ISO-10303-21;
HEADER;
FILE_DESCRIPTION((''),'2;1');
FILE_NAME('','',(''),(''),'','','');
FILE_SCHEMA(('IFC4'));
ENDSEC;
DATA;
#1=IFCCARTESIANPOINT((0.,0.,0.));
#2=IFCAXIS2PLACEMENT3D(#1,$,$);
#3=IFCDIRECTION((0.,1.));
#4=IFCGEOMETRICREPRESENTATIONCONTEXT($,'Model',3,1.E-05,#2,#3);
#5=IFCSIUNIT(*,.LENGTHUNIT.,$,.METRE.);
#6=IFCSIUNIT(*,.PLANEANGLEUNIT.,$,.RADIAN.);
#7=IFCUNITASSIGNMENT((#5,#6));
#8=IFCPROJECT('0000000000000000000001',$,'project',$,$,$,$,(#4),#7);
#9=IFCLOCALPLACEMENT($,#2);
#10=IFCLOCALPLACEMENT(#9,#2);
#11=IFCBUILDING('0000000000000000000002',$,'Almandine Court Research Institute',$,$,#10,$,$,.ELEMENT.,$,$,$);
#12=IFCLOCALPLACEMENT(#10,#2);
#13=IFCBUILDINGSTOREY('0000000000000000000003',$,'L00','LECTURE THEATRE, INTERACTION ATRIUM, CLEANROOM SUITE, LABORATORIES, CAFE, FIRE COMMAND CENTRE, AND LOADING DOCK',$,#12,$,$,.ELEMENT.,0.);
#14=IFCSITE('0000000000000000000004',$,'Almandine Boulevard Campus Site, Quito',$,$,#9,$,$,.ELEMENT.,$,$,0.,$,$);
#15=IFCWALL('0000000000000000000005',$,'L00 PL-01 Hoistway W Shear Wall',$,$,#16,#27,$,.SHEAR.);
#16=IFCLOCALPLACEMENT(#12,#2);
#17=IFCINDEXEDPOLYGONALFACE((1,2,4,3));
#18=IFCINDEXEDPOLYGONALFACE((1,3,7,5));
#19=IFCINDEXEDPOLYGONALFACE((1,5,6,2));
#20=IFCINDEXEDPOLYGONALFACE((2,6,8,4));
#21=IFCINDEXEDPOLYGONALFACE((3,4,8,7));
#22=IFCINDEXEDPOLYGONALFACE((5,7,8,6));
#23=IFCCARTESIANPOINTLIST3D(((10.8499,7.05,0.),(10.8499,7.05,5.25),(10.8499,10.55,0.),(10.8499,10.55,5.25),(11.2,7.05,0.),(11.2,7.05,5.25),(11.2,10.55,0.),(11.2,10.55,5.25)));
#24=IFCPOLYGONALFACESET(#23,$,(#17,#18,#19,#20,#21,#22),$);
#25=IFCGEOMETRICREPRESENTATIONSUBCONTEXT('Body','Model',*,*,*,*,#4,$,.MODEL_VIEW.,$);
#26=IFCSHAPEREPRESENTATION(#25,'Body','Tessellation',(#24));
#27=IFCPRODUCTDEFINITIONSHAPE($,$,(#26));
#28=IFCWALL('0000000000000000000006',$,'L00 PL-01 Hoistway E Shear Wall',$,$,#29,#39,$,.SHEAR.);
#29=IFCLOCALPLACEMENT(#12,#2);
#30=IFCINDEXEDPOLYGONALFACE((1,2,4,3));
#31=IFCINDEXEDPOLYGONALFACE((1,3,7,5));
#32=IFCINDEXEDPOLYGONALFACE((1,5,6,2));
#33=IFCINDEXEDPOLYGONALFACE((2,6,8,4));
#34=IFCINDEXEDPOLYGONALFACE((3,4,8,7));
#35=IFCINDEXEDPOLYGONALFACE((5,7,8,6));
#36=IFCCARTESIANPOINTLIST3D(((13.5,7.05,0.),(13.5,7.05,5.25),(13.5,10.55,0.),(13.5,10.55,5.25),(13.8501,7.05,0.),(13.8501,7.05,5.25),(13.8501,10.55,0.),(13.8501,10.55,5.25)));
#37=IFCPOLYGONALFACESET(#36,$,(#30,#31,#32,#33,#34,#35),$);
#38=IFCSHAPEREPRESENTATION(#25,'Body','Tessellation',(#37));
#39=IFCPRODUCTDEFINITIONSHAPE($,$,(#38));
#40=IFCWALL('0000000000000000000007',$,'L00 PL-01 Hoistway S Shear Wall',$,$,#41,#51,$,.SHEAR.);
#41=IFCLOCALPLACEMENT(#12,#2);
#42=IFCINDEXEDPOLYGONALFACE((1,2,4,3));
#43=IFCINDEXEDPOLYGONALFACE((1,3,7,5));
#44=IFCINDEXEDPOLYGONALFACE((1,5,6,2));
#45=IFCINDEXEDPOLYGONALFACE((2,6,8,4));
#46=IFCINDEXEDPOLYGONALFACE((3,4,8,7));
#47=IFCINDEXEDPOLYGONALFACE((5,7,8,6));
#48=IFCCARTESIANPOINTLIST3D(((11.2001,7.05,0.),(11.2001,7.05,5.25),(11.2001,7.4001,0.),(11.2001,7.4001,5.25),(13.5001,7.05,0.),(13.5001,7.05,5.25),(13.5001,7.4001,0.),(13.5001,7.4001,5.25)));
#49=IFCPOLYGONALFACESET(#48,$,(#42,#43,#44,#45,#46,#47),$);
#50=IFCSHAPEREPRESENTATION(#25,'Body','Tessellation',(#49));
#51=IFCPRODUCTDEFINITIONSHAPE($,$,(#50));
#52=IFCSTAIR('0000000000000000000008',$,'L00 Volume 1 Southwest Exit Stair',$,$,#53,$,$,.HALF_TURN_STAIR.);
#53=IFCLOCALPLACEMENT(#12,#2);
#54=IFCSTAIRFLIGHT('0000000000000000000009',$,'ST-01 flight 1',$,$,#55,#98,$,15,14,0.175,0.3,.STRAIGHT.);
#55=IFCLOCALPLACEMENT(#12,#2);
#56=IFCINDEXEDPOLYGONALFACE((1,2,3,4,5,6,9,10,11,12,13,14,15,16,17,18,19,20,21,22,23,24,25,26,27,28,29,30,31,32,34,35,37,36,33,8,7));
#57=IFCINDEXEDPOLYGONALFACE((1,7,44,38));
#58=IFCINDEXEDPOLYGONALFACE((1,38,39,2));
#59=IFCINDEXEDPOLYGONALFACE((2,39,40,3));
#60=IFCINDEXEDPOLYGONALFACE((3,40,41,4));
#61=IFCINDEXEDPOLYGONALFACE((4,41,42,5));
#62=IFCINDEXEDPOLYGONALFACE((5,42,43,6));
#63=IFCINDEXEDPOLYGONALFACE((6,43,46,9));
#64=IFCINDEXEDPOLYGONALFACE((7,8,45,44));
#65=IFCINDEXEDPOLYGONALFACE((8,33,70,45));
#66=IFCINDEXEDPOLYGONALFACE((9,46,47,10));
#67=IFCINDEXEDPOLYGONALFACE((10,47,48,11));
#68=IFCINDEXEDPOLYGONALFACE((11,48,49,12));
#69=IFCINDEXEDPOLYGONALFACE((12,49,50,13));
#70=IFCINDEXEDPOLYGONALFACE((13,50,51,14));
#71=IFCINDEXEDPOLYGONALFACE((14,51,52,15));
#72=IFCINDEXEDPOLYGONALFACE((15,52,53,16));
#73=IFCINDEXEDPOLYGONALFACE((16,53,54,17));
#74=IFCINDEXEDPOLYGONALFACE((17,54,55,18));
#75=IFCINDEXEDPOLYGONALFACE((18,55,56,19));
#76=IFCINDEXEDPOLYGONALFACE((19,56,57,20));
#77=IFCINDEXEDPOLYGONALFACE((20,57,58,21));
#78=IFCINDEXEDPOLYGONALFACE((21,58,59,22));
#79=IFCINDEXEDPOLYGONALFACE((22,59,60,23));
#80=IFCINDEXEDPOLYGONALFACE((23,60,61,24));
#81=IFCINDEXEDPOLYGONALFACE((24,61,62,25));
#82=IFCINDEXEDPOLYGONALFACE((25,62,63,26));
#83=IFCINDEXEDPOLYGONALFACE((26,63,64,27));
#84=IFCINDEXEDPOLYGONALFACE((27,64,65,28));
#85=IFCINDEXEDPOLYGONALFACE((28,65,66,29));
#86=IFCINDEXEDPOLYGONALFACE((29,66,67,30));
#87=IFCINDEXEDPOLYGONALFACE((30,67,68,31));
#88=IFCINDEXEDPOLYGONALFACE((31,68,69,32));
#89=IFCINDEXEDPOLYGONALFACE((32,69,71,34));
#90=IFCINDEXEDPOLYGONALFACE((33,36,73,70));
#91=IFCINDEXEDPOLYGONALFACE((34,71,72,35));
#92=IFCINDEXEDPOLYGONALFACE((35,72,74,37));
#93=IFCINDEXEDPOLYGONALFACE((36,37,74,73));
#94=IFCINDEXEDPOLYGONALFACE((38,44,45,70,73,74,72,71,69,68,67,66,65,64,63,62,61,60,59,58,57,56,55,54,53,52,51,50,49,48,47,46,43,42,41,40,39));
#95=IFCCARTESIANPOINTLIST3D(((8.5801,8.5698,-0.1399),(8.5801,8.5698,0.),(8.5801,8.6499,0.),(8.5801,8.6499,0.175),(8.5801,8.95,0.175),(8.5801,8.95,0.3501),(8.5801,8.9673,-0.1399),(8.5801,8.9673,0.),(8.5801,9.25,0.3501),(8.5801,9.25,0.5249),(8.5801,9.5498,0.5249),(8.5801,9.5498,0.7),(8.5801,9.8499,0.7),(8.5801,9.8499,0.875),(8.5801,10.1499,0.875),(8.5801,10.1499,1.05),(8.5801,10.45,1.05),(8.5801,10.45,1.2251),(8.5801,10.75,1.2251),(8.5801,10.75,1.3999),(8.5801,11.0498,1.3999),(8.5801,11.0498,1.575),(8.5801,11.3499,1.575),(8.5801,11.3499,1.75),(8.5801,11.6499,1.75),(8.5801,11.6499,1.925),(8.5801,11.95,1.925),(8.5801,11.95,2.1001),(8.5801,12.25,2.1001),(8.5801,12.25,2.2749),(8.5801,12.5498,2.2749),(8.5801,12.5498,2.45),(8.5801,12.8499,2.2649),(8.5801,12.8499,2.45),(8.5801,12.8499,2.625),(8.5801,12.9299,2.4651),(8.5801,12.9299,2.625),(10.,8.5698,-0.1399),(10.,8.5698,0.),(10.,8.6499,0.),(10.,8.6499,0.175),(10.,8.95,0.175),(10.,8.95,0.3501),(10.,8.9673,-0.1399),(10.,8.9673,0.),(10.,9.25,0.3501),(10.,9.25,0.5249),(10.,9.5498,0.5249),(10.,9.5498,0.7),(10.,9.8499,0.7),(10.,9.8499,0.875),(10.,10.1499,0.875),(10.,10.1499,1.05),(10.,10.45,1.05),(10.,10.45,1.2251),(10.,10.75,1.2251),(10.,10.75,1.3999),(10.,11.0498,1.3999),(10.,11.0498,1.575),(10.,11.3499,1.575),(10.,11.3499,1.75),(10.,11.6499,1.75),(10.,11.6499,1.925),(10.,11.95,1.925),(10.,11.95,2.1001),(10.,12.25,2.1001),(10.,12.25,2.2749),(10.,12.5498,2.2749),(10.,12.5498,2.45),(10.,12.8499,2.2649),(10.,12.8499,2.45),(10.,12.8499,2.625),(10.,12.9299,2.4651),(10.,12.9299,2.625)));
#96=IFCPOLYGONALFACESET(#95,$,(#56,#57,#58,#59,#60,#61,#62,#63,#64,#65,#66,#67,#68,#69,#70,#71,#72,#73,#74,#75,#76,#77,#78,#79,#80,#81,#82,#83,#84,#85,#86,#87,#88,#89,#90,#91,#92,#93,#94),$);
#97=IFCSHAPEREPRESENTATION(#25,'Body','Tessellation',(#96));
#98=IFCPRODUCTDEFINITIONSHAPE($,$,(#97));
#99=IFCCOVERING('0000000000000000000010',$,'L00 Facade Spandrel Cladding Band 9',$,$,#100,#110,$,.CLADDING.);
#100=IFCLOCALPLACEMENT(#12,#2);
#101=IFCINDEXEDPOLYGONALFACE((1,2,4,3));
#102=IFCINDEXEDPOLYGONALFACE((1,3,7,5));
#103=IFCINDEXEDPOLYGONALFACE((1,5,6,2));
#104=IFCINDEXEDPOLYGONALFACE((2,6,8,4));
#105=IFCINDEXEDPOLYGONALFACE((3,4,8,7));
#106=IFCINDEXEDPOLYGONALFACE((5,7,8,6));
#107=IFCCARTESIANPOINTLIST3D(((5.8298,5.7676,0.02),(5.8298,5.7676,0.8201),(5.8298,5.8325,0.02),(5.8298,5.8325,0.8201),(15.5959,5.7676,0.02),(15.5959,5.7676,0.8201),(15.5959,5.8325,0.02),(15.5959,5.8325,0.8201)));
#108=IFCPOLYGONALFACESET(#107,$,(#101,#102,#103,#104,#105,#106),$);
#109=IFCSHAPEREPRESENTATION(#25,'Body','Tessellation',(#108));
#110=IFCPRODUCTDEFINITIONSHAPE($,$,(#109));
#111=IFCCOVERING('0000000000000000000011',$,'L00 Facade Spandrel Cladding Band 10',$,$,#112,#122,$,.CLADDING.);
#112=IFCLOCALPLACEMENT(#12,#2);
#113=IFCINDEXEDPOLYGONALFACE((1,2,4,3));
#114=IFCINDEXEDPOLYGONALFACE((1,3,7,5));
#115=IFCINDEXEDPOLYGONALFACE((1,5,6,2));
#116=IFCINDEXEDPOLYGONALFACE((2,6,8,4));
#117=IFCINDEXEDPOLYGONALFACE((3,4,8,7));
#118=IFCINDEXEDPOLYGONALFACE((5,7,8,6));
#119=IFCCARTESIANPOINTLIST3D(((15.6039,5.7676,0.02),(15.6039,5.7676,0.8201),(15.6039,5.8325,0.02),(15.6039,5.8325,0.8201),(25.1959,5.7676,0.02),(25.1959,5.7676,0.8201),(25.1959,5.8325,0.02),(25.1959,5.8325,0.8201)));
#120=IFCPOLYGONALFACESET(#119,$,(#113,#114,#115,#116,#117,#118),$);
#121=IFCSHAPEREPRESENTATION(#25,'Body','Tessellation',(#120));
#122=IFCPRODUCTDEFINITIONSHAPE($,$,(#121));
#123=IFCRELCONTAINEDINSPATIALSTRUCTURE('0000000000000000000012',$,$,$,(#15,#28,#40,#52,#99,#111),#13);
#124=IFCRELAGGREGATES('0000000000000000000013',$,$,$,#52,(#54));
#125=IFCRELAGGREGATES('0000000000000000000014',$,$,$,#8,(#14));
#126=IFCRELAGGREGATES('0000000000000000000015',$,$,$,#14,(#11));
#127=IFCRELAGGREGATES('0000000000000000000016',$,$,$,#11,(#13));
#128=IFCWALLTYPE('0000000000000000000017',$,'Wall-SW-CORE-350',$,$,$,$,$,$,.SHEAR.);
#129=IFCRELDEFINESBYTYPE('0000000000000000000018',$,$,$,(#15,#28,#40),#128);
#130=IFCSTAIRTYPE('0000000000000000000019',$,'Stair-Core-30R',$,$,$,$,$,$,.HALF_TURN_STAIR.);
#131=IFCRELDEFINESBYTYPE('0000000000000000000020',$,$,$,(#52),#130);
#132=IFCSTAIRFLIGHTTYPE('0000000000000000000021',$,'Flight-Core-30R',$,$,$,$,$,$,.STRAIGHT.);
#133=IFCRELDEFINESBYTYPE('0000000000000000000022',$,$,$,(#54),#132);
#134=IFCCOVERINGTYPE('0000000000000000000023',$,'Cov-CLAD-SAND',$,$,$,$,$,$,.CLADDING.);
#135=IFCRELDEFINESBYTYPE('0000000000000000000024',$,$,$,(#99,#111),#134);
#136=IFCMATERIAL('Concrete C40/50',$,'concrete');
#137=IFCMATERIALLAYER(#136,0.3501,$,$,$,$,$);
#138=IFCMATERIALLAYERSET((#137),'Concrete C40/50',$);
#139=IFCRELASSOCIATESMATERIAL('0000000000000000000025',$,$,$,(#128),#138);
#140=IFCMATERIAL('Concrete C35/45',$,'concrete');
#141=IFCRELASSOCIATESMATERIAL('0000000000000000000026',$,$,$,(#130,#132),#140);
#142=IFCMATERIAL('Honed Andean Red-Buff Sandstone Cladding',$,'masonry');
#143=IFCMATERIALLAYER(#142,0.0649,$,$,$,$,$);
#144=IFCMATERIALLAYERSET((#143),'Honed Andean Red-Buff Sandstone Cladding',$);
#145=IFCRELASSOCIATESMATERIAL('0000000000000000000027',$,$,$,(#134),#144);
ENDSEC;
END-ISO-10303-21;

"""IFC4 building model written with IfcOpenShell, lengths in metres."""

from ifc_helpers import new_model, si_unit, direction, frame, frame_2d, origin, origin_2d, place, context, subcontext, project, spatial, polyline, rectangle, outline, extrude, material, layer, layer_set, type_object, element, aggregate, save


model = new_model("IFC4")

# Units and contexts
model_context = context("Model", 3, precision=1e-05, world=origin(), true_north=direction((0.0, 1.0)))
body_context = subcontext(model_context, "Body", "Model", "MODEL_VIEW")
ifc_project = project(units=[si_unit("LENGTHUNIT", "METRE"), si_unit("PLANEANGLEUNIT", "RADIAN")], contexts=[model_context])

# Site, building, storey
site_placement = place(None, origin())
site = spatial("IfcSite", under=ifc_project, at=site_placement, Name="Almandine Boulevard Campus Site, Quito", CompositionType="ELEMENT", RefElevation=0.0)
building_placement = place(site_placement, origin())
building = spatial("IfcBuilding", under=site, at=building_placement, Name="Almandine Court Research Institute", CompositionType="ELEMENT")
storey_placement = place(building_placement, origin())
storey = spatial("IfcBuildingStorey", under=building, at=storey_placement, Name="L00", Description="LECTURE THEATRE, INTERACTION ATRIUM, CLEANROOM SUITE, LABORATORIES, CAFE, FIRE COMMAND CENTRE, AND LOADING DOCK", CompositionType="ELEMENT", Elevation=0.0)

# Wall
ifc_material_1 = material(Name="Concrete C40/50", Category="concrete")
ifc_layer_1 = layer(ifc_material_1, 0.3501)
ifc_layer_set_1 = layer_set([ifc_layer_1], Name="Concrete C40/50")
wall_type_1 = type_object("IfcWallType", Name="Wall-SW-CORE-350", PredefinedType="SHEAR", material=ifc_layer_set_1)
wall_1_placement = place(storey_placement, frame((11.0249, 7.05, 0.0), z_axis=(0.0, 0.0, 1.0), x_axis=(0.0, 1.0, 0.0)))
element("IfcWall", 1, at=wall_1_placement, inside=storey, type_object=wall_type_1, Name="L00 PL-01 Hoistway W Shear Wall", PredefinedType="SHEAR", context=body_context, shape_type="SweptSolid", body=[
    extrude(rectangle(XDim=3.5, YDim=0.3501, at=frame_2d((1.75, 0.0))), origin(), (0.0, 0.0, 1.0), 5.25),
])

# Walls
wall_2_placement = place(storey_placement, frame((13.675, 10.55, 0.0), z_axis=(0.0, 0.0, 1.0), x_axis=(0.0, -1.0, 0.0)))
element("IfcWall", 2, at=wall_2_placement, inside=storey, type_object=wall_type_1, Name="L00 PL-01 Hoistway E Shear Wall", PredefinedType="SHEAR", context=body_context, shape_type="SweptSolid", body=[
    extrude(rectangle(XDim=3.5, YDim=0.3501, at=frame_2d((1.75, 0.0))), origin(), (0.0, 0.0, 1.0), 5.25),
])
wall_3_placement = place(storey_placement, frame((13.5, 7.2251, 0.0), z_axis=(0.0, 0.0, 1.0), x_axis=(-1.0, 0.0, 0.0)))
element("IfcWall", 3, at=wall_3_placement, inside=storey, type_object=wall_type_1, Name="L00 PL-01 Hoistway S Shear Wall", PredefinedType="SHEAR", context=body_context, shape_type="SweptSolid", body=[
    extrude(rectangle(XDim=2.3, YDim=0.3501, at=frame_2d((1.1499, 0.0))), origin(), (0.0, 0.0, 1.0), 5.25),
])

# Stair, stair flight
ifc_material_2 = material(Name="Concrete C35/45", Category="concrete")
stair_type = type_object("IfcStairType", Name="Stair-Core-30R", PredefinedType="HALF_TURN_STAIR", material=ifc_material_2)
stair_placement = place(storey_placement, origin())
stair = element("IfcStair", 4, at=stair_placement, inside=storey, type_object=stair_type, Name="L00 Volume 1 Southwest Exit Stair", PredefinedType="HALF_TURN_STAIR")
stair_flight_type = type_object("IfcStairFlightType", Name="Flight-Core-30R", PredefinedType="STRAIGHT", material=ifc_material_2)
stair_flight_placement = place(storey_placement, frame((9.29, 8.6499, 0.0), z_axis=(0.0, 0.0, 1.0), x_axis=(0.0, 1.0, 0.0)))
stair_flight = element("IfcStairFlight", 5, at=stair_flight_placement, type_object=stair_flight_type, Name="ST-01 flight 1", NumberOfRisers=15, NumberOfTreads=14, PredefinedType="STRAIGHT", RiserHeight=0.175, TreadLength=0.3, context=body_context, shape_type="SweptSolid", body=[
    extrude(outline(polyline([(-0.0801, -0.1399), (-0.0801, 0.0), (0.0, 0.0), (0.0, 0.175), (0.3, 0.175), (0.3, 0.3501), (0.6001, 0.3501), (0.6001, 0.5249), (0.8999, 0.5249), (0.8999, 0.7), (1.2, 0.7), (1.2, 0.875), (1.5, 0.875), (1.5, 1.05), (1.8, 1.05), (1.8, 1.2251), (2.1001, 1.2251), (2.1001, 1.3999), (2.3999, 1.3999), (2.3999, 1.575), (2.7, 1.575), (2.7, 1.75), (3.0, 1.75), (3.0, 1.925), (3.3, 1.925), (3.3, 2.1001), (3.6001, 2.1001), (3.6001, 2.2749), (3.8999, 2.2749), (3.8999, 2.45), (4.2, 2.45), (4.2, 2.625), (4.28, 2.625), (4.28, 2.4651), (4.2, 2.2649), (0.3174, 0.0), (0.3174, -0.1399), (-0.0801, -0.1399)])), frame((0.0, 0.71, 0.0), z_axis=(0.0, -1.0, 0.0), x_axis=(1.0, 0.0, 0.0)), (0.0, 0.0, 1.0), 1.4199),
])
aggregate(stair, [stair_flight])

# Coverings
ifc_material_3 = material(Name="Honed Andean Red-Buff Sandstone Cladding", Category="masonry")
ifc_layer_2 = layer(ifc_material_3, 0.0649)
ifc_layer_set_2 = layer_set([ifc_layer_2], Name="Honed Andean Red-Buff Sandstone Cladding")
covering_type = type_object("IfcCoveringType", Name="Cov-CLAD-SAND", PredefinedType="CLADDING", material=ifc_layer_set_2)
covering_1_placement = place(storey_placement, frame((10.7129, 5.8, 0.02), z_axis=(0.0, 0.0, 1.0), x_axis=(-1.0, 0.0, 0.0)))
element("IfcCovering", 6, at=covering_1_placement, inside=storey, type_object=covering_type, Name="L00 Facade Spandrel Cladding Band 9", PredefinedType="CLADDING", context=body_context, shape_type="SweptSolid", body=[
    extrude(rectangle(XDim=9.7661, YDim=0.0649, at=origin_2d()), origin(), (0.0, 0.0, 1.0), 0.8),
])
covering_2_placement = place(storey_placement, frame((20.3999, 5.8, 0.02), z_axis=(0.0, 0.0, 1.0), x_axis=(-1.0, 0.0, 0.0)))
element("IfcCovering", 7, at=covering_2_placement, inside=storey, type_object=covering_type, Name="L00 Facade Spandrel Cladding Band 10", PredefinedType="CLADDING", context=body_context, shape_type="SweptSolid", body=[
    extrude(rectangle(XDim=9.592, YDim=0.0649, at=origin_2d()), origin(), (0.0, 0.0, 1.0), 0.8),
])

save(model, "model.ifc")
